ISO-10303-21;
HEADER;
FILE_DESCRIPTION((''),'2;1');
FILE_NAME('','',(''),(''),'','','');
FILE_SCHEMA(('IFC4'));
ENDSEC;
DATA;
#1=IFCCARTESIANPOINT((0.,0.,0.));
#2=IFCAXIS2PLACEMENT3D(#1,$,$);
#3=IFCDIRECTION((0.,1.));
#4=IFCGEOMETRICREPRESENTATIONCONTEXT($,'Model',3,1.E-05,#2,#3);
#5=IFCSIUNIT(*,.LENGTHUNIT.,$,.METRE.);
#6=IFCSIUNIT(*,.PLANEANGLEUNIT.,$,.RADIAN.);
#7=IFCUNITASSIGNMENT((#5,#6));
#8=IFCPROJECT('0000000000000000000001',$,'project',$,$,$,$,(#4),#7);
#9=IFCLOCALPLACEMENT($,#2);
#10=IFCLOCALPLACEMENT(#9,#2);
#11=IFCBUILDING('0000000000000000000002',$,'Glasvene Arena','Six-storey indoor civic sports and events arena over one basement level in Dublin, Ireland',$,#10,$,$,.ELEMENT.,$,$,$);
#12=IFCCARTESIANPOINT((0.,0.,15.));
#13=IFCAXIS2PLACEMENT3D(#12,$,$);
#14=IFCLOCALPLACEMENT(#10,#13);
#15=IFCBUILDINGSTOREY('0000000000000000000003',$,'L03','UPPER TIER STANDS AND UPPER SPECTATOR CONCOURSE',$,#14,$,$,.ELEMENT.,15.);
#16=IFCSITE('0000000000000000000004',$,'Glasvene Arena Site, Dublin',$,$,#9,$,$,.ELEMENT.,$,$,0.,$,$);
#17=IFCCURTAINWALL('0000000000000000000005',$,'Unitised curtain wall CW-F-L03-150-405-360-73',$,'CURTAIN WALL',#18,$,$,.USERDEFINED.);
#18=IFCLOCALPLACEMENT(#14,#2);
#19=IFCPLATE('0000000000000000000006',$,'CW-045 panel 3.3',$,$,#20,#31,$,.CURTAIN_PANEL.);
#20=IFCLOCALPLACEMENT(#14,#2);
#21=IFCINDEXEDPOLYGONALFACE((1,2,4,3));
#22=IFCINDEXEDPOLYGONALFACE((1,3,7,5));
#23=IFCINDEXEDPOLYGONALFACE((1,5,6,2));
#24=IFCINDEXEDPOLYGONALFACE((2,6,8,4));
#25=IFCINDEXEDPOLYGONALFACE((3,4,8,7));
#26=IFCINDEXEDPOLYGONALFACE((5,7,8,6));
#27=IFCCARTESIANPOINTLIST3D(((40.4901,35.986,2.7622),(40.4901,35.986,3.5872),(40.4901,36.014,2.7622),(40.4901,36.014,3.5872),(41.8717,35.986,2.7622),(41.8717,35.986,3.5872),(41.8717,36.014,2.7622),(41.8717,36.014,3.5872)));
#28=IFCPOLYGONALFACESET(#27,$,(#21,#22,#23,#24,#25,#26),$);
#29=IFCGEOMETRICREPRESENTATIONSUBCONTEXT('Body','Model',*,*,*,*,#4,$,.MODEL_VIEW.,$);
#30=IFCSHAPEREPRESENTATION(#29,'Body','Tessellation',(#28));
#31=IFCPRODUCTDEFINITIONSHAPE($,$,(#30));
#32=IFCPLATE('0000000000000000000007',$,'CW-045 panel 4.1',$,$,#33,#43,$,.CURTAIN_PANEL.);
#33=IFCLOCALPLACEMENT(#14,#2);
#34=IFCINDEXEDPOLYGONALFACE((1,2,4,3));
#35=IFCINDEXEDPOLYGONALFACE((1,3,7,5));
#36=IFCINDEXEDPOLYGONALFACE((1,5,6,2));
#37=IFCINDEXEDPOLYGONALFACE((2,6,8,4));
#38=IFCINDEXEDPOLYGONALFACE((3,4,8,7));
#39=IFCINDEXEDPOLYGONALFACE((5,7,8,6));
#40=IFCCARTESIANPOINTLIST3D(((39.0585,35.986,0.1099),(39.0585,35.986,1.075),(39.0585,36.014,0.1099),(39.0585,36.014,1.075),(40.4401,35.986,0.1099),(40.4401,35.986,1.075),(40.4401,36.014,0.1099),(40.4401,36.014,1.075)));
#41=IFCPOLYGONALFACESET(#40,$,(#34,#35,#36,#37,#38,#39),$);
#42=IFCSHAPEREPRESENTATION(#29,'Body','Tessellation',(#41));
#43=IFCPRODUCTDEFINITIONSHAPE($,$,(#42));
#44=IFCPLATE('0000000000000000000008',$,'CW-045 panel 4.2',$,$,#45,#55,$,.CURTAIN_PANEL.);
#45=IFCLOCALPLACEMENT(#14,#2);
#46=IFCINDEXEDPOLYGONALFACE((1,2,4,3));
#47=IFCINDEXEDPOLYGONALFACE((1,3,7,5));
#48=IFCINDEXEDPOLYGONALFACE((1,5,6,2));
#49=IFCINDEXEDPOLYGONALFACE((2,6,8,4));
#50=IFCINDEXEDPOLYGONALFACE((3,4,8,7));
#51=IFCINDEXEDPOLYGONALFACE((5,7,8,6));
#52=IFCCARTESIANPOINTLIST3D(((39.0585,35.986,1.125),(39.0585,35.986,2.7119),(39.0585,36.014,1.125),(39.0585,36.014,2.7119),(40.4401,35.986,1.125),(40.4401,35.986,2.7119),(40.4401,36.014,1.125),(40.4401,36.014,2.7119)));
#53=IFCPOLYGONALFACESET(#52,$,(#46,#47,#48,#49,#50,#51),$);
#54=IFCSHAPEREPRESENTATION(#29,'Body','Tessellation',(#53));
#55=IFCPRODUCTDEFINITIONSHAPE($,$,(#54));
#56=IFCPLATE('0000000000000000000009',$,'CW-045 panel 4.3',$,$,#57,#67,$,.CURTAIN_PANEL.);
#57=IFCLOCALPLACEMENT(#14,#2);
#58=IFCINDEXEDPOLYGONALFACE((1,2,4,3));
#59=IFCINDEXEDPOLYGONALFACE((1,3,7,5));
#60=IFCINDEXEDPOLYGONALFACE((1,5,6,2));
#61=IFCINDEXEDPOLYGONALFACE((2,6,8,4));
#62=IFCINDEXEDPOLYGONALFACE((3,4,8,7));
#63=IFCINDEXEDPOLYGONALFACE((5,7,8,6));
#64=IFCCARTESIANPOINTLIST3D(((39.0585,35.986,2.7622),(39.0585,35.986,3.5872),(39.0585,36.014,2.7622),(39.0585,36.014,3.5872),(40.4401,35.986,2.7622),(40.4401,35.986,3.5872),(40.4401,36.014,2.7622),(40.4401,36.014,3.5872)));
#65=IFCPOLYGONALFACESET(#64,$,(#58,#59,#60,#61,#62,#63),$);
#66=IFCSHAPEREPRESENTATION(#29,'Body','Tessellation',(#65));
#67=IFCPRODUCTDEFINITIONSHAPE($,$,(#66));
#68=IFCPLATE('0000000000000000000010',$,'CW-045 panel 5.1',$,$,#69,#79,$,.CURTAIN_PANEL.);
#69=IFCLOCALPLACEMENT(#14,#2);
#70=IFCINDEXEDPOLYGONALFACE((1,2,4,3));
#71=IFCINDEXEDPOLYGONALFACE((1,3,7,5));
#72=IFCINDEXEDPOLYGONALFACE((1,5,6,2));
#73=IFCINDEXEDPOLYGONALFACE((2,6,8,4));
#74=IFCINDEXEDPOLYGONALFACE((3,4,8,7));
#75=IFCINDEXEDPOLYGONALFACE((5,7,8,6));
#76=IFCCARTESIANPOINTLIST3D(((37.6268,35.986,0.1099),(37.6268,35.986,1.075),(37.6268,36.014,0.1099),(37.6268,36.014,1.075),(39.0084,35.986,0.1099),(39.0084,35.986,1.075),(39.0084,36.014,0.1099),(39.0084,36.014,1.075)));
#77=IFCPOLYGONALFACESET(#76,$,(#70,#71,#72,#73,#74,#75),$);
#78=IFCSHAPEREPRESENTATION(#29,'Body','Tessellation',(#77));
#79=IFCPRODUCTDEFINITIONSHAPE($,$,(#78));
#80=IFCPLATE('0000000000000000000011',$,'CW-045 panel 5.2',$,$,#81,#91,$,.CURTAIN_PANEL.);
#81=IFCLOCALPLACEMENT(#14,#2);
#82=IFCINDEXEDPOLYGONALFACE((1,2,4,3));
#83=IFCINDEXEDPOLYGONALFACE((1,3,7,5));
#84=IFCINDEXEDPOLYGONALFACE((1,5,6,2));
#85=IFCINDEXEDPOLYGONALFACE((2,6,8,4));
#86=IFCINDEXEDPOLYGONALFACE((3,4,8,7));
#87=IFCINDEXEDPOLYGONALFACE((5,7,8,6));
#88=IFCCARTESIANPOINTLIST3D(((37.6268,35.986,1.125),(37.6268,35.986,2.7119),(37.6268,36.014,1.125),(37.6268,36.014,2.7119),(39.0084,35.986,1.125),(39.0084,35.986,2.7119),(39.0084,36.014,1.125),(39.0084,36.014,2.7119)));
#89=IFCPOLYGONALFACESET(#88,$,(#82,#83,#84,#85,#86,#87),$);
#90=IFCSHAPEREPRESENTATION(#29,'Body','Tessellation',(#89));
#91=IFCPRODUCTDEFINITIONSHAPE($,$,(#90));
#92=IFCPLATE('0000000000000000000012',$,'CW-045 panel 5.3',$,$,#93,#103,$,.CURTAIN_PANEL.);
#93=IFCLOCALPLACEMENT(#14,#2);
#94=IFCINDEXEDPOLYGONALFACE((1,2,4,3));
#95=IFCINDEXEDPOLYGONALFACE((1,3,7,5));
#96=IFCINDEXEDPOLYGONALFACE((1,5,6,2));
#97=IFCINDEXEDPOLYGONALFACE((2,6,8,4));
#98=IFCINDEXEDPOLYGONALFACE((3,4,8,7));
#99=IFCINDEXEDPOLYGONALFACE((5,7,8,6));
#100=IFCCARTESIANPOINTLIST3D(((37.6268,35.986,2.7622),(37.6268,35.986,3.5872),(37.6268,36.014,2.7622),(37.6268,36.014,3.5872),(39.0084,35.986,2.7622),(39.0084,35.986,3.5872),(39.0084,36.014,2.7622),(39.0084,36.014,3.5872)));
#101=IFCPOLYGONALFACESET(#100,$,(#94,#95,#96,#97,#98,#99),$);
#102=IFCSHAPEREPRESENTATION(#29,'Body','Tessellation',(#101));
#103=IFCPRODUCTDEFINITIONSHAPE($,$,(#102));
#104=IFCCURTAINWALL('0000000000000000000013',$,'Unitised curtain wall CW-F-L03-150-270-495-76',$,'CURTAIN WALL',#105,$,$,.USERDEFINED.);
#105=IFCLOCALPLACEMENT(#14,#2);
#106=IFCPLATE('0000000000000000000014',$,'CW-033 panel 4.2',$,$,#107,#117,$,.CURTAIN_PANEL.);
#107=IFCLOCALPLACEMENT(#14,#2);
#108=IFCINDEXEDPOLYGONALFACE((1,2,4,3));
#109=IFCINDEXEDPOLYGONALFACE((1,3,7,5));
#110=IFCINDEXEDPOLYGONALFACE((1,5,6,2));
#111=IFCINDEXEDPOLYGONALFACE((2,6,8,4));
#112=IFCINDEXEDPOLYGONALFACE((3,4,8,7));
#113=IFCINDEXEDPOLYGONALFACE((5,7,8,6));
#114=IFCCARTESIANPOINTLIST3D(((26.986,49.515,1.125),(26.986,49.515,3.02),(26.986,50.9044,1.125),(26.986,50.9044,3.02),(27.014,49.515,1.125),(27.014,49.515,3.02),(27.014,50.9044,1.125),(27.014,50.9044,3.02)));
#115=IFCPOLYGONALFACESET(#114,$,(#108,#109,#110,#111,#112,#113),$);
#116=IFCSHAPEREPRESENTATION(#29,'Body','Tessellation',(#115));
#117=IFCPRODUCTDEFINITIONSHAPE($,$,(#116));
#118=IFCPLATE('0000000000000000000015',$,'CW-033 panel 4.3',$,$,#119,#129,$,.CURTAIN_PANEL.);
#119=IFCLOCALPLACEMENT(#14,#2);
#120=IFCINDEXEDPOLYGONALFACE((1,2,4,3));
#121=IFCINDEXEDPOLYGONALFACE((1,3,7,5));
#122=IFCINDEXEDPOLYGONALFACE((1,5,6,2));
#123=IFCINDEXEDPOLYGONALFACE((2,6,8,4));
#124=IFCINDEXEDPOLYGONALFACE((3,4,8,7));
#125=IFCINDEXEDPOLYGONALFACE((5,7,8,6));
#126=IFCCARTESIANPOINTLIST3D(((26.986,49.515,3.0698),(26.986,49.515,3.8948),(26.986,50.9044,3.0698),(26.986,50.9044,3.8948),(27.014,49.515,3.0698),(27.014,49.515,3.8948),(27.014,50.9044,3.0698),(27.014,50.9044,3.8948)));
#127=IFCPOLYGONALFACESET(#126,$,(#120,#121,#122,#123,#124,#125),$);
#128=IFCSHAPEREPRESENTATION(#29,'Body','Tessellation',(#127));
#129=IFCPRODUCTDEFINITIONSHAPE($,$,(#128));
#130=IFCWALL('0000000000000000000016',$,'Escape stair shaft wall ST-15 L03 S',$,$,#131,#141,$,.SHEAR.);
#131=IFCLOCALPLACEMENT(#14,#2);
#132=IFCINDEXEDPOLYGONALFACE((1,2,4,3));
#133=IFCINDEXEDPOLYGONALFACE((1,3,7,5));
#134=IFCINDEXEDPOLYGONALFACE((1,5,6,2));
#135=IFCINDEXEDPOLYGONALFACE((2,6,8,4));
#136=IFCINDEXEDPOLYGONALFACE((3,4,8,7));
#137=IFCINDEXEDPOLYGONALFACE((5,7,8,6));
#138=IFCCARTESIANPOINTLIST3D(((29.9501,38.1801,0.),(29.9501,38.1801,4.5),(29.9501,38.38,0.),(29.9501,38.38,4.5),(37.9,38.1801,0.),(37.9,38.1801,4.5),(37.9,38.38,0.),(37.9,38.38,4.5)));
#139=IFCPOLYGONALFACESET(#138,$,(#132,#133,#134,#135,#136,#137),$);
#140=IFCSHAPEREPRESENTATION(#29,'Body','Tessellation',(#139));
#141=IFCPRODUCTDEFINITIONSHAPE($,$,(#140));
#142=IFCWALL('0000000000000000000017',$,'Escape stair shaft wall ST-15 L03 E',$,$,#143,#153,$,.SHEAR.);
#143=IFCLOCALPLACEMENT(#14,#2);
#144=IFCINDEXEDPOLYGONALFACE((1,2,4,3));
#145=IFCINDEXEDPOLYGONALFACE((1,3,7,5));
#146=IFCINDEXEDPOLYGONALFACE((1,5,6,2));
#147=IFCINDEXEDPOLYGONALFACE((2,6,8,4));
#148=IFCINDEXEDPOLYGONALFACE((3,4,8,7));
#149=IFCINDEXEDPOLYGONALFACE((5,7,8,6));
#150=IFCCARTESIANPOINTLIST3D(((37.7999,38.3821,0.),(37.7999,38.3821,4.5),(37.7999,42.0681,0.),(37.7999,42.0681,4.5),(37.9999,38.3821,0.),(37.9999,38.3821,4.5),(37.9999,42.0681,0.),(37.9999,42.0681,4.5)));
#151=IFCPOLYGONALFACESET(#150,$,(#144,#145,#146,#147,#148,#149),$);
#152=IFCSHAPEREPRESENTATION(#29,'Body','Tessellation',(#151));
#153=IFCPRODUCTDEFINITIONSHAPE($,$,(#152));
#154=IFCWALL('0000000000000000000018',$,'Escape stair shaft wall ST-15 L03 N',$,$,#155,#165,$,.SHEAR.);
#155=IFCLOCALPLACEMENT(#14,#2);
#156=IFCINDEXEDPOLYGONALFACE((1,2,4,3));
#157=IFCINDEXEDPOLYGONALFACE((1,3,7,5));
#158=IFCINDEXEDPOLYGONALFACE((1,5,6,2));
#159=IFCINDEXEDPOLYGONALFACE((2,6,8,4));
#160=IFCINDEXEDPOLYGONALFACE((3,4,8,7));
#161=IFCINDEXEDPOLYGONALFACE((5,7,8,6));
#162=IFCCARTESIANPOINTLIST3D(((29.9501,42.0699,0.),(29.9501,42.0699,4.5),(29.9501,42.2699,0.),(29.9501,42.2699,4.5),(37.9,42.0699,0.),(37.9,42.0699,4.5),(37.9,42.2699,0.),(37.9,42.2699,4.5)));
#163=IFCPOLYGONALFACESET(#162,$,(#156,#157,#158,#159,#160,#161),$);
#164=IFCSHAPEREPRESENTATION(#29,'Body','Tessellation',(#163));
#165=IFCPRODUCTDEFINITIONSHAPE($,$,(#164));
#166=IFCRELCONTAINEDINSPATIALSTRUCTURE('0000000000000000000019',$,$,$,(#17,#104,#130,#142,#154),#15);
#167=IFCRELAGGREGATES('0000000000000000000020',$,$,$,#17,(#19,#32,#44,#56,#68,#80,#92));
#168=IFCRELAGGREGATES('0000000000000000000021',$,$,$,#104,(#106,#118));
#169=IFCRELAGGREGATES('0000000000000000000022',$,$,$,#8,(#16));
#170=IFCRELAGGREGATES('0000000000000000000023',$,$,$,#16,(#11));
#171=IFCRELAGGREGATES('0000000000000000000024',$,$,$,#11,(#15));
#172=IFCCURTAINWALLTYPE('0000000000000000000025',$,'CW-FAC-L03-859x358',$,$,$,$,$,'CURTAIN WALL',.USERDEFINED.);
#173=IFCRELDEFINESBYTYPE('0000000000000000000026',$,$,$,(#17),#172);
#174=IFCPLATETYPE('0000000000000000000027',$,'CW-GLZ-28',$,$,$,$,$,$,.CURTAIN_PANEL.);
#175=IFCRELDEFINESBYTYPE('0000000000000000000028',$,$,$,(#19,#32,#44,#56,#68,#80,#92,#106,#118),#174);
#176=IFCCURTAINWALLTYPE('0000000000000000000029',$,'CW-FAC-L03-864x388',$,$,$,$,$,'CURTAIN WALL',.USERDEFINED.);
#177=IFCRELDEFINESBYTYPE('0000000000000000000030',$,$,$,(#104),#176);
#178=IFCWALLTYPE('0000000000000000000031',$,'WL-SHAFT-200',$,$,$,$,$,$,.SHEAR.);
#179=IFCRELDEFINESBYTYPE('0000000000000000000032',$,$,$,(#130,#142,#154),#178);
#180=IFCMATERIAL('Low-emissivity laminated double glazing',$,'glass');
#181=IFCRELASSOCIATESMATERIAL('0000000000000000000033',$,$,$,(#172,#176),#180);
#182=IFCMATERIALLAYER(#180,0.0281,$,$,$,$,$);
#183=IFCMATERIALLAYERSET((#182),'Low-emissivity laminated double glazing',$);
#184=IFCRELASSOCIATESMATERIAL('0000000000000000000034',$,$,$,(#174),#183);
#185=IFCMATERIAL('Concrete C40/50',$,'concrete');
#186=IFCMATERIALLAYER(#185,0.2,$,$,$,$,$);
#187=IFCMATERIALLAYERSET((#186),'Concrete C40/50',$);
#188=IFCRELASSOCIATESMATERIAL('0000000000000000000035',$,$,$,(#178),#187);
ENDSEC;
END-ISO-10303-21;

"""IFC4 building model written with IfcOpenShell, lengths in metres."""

from ifc_helpers import new_model, si_unit, direction, frame, frame_2d, origin, origin_2d, place, context, subcontext, project, spatial, rectangle, extrude, material, layer, layer_set, type_object, element, aggregate, save


model = new_model("IFC4")

# Units and contexts
model_context = context("Model", 3, precision=1e-05, world=origin(), true_north=direction((0.0, 1.0)))
body_context = subcontext(model_context, "Body", "Model", "MODEL_VIEW")
ifc_project = project(units=[si_unit("LENGTHUNIT", "METRE"), si_unit("PLANEANGLEUNIT", "RADIAN")], contexts=[model_context])

# Site, building, storey
site_placement = place(None, origin())
site = spatial("IfcSite", under=ifc_project, at=site_placement, Name="Glasvene Arena Site, Dublin", CompositionType="ELEMENT", RefElevation=0.0)
building_placement = place(site_placement, origin())
building = spatial("IfcBuilding", under=site, at=building_placement, Name="Glasvene Arena", Description="Six-storey indoor civic sports and events arena over one basement level in Dublin, Ireland", CompositionType="ELEMENT")
storey_placement = place(building_placement, frame((0.0, 0.0, 15.0)))
storey = spatial("IfcBuildingStorey", under=building, at=storey_placement, Name="L03", Description="UPPER TIER STANDS AND UPPER SPECTATOR CONCOURSE", CompositionType="ELEMENT", Elevation=15.0)

# Curtain wall, plates
ifc_material_1 = material(Name="Low-emissivity laminated double glazing", Category="glass")
curtain_wall_type_1 = type_object("IfcCurtainWallType", Name="CW-FAC-L03-859x358", ElementType="CURTAIN WALL", PredefinedType="USERDEFINED", material=ifc_material_1)
curtain_wall_1_placement = place(storey_placement, frame((44.76, 36.0, 0.0)))
curtain_wall_1 = element("IfcCurtainWall", 1, at=curtain_wall_1_placement, inside=storey, type_object=curtain_wall_type_1, Name="Unitised curtain wall CW-F-L03-150-405-360-73", ObjectType="CURTAIN WALL", PredefinedType="USERDEFINED")
ifc_layer_1 = layer(ifc_material_1, 0.0281)
ifc_layer_set_1 = layer_set([ifc_layer_1], Name="Low-emissivity laminated double glazing")
plate_type = type_object("IfcPlateType", Name="CW-GLZ-28", PredefinedType="CURTAIN_PANEL", material=ifc_layer_set_1)
plate_1_placement = place(storey_placement, frame((41.1809, 36.0, 2.7622), z_axis=(0.0, 0.0, 1.0), x_axis=(-1.0, 0.0, 0.0)))
plate_1 = element("IfcPlate", 2, at=plate_1_placement, type_object=plate_type, Name="CW-045 panel 3.3", PredefinedType="CURTAIN_PANEL", context=body_context, shape_type="SweptSolid", body=[
    extrude(rectangle(XDim=1.3816, YDim=0.0281, at=origin_2d()), origin(), (0.0, 0.0, 1.0), 0.825),
])
plate_2_placement = place(storey_placement, frame((39.7493, 36.0, 0.1099), z_axis=(0.0, 0.0, 1.0), x_axis=(-1.0, 0.0, 0.0)))
plate_2 = element("IfcPlate", 3, at=plate_2_placement, type_object=plate_type, Name="CW-045 panel 4.1", PredefinedType="CURTAIN_PANEL", context=body_context, shape_type="SweptSolid", body=[
    extrude(rectangle(XDim=1.3816, YDim=0.0281, at=origin_2d()), origin(), (0.0, 0.0, 1.0), 0.9651),
])
plate_3_placement = place(storey_placement, frame((39.7493, 36.0, 1.125), z_axis=(0.0, 0.0, 1.0), x_axis=(-1.0, 0.0, 0.0)))
plate_3 = element("IfcPlate", 4, at=plate_3_placement, type_object=plate_type, Name="CW-045 panel 4.2", PredefinedType="CURTAIN_PANEL", context=body_context, shape_type="SweptSolid", body=[
    extrude(rectangle(XDim=1.3816, YDim=0.0281, at=origin_2d()), origin(), (0.0, 0.0, 1.0), 1.5869),
])
plate_4_placement = place(storey_placement, frame((39.7493, 36.0, 2.7622), z_axis=(0.0, 0.0, 1.0), x_axis=(-1.0, 0.0, 0.0)))
plate_4 = element("IfcPlate", 5, at=plate_4_placement, type_object=plate_type, Name="CW-045 panel 4.3", PredefinedType="CURTAIN_PANEL", context=body_context, shape_type="SweptSolid", body=[
    extrude(rectangle(XDim=1.3816, YDim=0.0281, at=origin_2d()), origin(), (0.0, 0.0, 1.0), 0.825),
])
plate_5_placement = place(storey_placement, frame((38.3176, 36.0, 0.1099), z_axis=(0.0, 0.0, 1.0), x_axis=(-1.0, 0.0, 0.0)))
plate_5 = element("IfcPlate", 6, at=plate_5_placement, type_object=plate_type, Name="CW-045 panel 5.1", PredefinedType="CURTAIN_PANEL", context=body_context, shape_type="SweptSolid", body=[
    extrude(rectangle(XDim=1.3816, YDim=0.0281, at=origin_2d()), origin(), (0.0, 0.0, 1.0), 0.9651),
])
plate_6_placement = place(storey_placement, frame((38.3176, 36.0, 1.125), z_axis=(0.0, 0.0, 1.0), x_axis=(-1.0, 0.0, 0.0)))
plate_6 = element("IfcPlate", 7, at=plate_6_placement, type_object=plate_type, Name="CW-045 panel 5.2", PredefinedType="CURTAIN_PANEL", context=body_context, shape_type="SweptSolid", body=[
    extrude(rectangle(XDim=1.3816, YDim=0.0281, at=origin_2d()), origin(), (0.0, 0.0, 1.0), 1.5869),
])
plate_7_placement = place(storey_placement, frame((38.3176, 36.0, 2.7622), z_axis=(0.0, 0.0, 1.0), x_axis=(-1.0, 0.0, 0.0)))
plate_7 = element("IfcPlate", 8, at=plate_7_placement, type_object=plate_type, Name="CW-045 panel 5.3", PredefinedType="CURTAIN_PANEL", context=body_context, shape_type="SweptSolid", body=[
    extrude(rectangle(XDim=1.3816, YDim=0.0281, at=origin_2d()), origin(), (0.0, 0.0, 1.0), 0.825),
])
aggregate(curtain_wall_1, [plate_1, plate_2, plate_3, plate_4, plate_5, plate_6, plate_7])

# Curtain wall, plates
curtain_wall_type_2 = type_object("IfcCurtainWallType", Name="CW-FAC-L03-864x388", ElementType="CURTAIN WALL", PredefinedType="USERDEFINED", material=ifc_material_1)
curtain_wall_2_placement = place(storey_placement, frame((27.0, 45.1721, 0.0)))
curtain_wall_2 = element("IfcCurtainWall", 9, at=curtain_wall_2_placement, inside=storey, type_object=curtain_wall_type_2, Name="Unitised curtain wall CW-F-L03-150-270-495-76", ObjectType="CURTAIN WALL", PredefinedType="USERDEFINED")
plate_8_placement = place(storey_placement, frame((27.0, 50.2097, 1.125), z_axis=(0.0, 0.0, 1.0), x_axis=(0.0, 1.0, 0.0)))
plate_8 = element("IfcPlate", 10, at=plate_8_placement, type_object=plate_type, Name="CW-033 panel 4.2", PredefinedType="CURTAIN_PANEL", context=body_context, shape_type="SweptSolid", body=[
    extrude(rectangle(XDim=1.3894, YDim=0.0281, at=origin_2d()), origin(), (0.0, 0.0, 1.0), 1.895),
])
plate_9_placement = place(storey_placement, frame((27.0, 50.2097, 3.0698), z_axis=(0.0, 0.0, 1.0), x_axis=(0.0, 1.0, 0.0)))
plate_9 = element("IfcPlate", 11, at=plate_9_placement, type_object=plate_type, Name="CW-033 panel 4.3", PredefinedType="CURTAIN_PANEL", context=body_context, shape_type="SweptSolid", body=[
    extrude(rectangle(XDim=1.3894, YDim=0.0281, at=origin_2d()), origin(), (0.0, 0.0, 1.0), 0.825),
])
aggregate(curtain_wall_2, [plate_8, plate_9])

# Wall
ifc_material_2 = material(Name="Concrete C40/50", Category="concrete")
ifc_layer_2 = layer(ifc_material_2, 0.2)
ifc_layer_set_2 = layer_set([ifc_layer_2], Name="Concrete C40/50")
wall_type = type_object("IfcWallType", Name="WL-SHAFT-200", PredefinedType="SHEAR", material=ifc_layer_set_2)
wall_1_placement = place(storey_placement, frame((29.95, 38.28, 0.0), z_axis=(0.0, 0.0, 1.0), x_axis=(1.0, 0.0, 0.0)))
element("IfcWall", 12, at=wall_1_placement, inside=storey, type_object=wall_type, Name="Escape stair shaft wall ST-15 L03 S", PredefinedType="SHEAR", context=body_context, shape_type="SweptSolid", body=[
    extrude(rectangle(XDim=7.95, YDim=0.2, at=frame_2d((3.9751, 0.0))), origin(), (0.0, 0.0, 1.0), 4.5),
])

# Walls
wall_2_placement = place(storey_placement, frame((37.8999, 38.3821, 0.0), z_axis=(0.0, 0.0, 1.0), x_axis=(0.0, 1.0, 0.0)))
element("IfcWall", 13, at=wall_2_placement, inside=storey, type_object=wall_type, Name="Escape stair shaft wall ST-15 L03 E", PredefinedType="SHEAR", context=body_context, shape_type="SweptSolid", body=[
    extrude(rectangle(XDim=3.686, YDim=0.2, at=frame_2d((1.843, 0.0))), origin(), (0.0, 0.0, 1.0), 4.5),
])
wall_3_placement = place(storey_placement, frame((29.95, 42.1699, 0.0), z_axis=(0.0, 0.0, 1.0), x_axis=(1.0, 0.0, 0.0)))
element("IfcWall", 14, at=wall_3_placement, inside=storey, type_object=wall_type, Name="Escape stair shaft wall ST-15 L03 N", PredefinedType="SHEAR", context=body_context, shape_type="SweptSolid", body=[
    extrude(rectangle(XDim=7.95, YDim=0.2, at=frame_2d((3.9751, 0.0))), origin(), (0.0, 0.0, 1.0), 4.5),
])

save(model, "model.ifc")
